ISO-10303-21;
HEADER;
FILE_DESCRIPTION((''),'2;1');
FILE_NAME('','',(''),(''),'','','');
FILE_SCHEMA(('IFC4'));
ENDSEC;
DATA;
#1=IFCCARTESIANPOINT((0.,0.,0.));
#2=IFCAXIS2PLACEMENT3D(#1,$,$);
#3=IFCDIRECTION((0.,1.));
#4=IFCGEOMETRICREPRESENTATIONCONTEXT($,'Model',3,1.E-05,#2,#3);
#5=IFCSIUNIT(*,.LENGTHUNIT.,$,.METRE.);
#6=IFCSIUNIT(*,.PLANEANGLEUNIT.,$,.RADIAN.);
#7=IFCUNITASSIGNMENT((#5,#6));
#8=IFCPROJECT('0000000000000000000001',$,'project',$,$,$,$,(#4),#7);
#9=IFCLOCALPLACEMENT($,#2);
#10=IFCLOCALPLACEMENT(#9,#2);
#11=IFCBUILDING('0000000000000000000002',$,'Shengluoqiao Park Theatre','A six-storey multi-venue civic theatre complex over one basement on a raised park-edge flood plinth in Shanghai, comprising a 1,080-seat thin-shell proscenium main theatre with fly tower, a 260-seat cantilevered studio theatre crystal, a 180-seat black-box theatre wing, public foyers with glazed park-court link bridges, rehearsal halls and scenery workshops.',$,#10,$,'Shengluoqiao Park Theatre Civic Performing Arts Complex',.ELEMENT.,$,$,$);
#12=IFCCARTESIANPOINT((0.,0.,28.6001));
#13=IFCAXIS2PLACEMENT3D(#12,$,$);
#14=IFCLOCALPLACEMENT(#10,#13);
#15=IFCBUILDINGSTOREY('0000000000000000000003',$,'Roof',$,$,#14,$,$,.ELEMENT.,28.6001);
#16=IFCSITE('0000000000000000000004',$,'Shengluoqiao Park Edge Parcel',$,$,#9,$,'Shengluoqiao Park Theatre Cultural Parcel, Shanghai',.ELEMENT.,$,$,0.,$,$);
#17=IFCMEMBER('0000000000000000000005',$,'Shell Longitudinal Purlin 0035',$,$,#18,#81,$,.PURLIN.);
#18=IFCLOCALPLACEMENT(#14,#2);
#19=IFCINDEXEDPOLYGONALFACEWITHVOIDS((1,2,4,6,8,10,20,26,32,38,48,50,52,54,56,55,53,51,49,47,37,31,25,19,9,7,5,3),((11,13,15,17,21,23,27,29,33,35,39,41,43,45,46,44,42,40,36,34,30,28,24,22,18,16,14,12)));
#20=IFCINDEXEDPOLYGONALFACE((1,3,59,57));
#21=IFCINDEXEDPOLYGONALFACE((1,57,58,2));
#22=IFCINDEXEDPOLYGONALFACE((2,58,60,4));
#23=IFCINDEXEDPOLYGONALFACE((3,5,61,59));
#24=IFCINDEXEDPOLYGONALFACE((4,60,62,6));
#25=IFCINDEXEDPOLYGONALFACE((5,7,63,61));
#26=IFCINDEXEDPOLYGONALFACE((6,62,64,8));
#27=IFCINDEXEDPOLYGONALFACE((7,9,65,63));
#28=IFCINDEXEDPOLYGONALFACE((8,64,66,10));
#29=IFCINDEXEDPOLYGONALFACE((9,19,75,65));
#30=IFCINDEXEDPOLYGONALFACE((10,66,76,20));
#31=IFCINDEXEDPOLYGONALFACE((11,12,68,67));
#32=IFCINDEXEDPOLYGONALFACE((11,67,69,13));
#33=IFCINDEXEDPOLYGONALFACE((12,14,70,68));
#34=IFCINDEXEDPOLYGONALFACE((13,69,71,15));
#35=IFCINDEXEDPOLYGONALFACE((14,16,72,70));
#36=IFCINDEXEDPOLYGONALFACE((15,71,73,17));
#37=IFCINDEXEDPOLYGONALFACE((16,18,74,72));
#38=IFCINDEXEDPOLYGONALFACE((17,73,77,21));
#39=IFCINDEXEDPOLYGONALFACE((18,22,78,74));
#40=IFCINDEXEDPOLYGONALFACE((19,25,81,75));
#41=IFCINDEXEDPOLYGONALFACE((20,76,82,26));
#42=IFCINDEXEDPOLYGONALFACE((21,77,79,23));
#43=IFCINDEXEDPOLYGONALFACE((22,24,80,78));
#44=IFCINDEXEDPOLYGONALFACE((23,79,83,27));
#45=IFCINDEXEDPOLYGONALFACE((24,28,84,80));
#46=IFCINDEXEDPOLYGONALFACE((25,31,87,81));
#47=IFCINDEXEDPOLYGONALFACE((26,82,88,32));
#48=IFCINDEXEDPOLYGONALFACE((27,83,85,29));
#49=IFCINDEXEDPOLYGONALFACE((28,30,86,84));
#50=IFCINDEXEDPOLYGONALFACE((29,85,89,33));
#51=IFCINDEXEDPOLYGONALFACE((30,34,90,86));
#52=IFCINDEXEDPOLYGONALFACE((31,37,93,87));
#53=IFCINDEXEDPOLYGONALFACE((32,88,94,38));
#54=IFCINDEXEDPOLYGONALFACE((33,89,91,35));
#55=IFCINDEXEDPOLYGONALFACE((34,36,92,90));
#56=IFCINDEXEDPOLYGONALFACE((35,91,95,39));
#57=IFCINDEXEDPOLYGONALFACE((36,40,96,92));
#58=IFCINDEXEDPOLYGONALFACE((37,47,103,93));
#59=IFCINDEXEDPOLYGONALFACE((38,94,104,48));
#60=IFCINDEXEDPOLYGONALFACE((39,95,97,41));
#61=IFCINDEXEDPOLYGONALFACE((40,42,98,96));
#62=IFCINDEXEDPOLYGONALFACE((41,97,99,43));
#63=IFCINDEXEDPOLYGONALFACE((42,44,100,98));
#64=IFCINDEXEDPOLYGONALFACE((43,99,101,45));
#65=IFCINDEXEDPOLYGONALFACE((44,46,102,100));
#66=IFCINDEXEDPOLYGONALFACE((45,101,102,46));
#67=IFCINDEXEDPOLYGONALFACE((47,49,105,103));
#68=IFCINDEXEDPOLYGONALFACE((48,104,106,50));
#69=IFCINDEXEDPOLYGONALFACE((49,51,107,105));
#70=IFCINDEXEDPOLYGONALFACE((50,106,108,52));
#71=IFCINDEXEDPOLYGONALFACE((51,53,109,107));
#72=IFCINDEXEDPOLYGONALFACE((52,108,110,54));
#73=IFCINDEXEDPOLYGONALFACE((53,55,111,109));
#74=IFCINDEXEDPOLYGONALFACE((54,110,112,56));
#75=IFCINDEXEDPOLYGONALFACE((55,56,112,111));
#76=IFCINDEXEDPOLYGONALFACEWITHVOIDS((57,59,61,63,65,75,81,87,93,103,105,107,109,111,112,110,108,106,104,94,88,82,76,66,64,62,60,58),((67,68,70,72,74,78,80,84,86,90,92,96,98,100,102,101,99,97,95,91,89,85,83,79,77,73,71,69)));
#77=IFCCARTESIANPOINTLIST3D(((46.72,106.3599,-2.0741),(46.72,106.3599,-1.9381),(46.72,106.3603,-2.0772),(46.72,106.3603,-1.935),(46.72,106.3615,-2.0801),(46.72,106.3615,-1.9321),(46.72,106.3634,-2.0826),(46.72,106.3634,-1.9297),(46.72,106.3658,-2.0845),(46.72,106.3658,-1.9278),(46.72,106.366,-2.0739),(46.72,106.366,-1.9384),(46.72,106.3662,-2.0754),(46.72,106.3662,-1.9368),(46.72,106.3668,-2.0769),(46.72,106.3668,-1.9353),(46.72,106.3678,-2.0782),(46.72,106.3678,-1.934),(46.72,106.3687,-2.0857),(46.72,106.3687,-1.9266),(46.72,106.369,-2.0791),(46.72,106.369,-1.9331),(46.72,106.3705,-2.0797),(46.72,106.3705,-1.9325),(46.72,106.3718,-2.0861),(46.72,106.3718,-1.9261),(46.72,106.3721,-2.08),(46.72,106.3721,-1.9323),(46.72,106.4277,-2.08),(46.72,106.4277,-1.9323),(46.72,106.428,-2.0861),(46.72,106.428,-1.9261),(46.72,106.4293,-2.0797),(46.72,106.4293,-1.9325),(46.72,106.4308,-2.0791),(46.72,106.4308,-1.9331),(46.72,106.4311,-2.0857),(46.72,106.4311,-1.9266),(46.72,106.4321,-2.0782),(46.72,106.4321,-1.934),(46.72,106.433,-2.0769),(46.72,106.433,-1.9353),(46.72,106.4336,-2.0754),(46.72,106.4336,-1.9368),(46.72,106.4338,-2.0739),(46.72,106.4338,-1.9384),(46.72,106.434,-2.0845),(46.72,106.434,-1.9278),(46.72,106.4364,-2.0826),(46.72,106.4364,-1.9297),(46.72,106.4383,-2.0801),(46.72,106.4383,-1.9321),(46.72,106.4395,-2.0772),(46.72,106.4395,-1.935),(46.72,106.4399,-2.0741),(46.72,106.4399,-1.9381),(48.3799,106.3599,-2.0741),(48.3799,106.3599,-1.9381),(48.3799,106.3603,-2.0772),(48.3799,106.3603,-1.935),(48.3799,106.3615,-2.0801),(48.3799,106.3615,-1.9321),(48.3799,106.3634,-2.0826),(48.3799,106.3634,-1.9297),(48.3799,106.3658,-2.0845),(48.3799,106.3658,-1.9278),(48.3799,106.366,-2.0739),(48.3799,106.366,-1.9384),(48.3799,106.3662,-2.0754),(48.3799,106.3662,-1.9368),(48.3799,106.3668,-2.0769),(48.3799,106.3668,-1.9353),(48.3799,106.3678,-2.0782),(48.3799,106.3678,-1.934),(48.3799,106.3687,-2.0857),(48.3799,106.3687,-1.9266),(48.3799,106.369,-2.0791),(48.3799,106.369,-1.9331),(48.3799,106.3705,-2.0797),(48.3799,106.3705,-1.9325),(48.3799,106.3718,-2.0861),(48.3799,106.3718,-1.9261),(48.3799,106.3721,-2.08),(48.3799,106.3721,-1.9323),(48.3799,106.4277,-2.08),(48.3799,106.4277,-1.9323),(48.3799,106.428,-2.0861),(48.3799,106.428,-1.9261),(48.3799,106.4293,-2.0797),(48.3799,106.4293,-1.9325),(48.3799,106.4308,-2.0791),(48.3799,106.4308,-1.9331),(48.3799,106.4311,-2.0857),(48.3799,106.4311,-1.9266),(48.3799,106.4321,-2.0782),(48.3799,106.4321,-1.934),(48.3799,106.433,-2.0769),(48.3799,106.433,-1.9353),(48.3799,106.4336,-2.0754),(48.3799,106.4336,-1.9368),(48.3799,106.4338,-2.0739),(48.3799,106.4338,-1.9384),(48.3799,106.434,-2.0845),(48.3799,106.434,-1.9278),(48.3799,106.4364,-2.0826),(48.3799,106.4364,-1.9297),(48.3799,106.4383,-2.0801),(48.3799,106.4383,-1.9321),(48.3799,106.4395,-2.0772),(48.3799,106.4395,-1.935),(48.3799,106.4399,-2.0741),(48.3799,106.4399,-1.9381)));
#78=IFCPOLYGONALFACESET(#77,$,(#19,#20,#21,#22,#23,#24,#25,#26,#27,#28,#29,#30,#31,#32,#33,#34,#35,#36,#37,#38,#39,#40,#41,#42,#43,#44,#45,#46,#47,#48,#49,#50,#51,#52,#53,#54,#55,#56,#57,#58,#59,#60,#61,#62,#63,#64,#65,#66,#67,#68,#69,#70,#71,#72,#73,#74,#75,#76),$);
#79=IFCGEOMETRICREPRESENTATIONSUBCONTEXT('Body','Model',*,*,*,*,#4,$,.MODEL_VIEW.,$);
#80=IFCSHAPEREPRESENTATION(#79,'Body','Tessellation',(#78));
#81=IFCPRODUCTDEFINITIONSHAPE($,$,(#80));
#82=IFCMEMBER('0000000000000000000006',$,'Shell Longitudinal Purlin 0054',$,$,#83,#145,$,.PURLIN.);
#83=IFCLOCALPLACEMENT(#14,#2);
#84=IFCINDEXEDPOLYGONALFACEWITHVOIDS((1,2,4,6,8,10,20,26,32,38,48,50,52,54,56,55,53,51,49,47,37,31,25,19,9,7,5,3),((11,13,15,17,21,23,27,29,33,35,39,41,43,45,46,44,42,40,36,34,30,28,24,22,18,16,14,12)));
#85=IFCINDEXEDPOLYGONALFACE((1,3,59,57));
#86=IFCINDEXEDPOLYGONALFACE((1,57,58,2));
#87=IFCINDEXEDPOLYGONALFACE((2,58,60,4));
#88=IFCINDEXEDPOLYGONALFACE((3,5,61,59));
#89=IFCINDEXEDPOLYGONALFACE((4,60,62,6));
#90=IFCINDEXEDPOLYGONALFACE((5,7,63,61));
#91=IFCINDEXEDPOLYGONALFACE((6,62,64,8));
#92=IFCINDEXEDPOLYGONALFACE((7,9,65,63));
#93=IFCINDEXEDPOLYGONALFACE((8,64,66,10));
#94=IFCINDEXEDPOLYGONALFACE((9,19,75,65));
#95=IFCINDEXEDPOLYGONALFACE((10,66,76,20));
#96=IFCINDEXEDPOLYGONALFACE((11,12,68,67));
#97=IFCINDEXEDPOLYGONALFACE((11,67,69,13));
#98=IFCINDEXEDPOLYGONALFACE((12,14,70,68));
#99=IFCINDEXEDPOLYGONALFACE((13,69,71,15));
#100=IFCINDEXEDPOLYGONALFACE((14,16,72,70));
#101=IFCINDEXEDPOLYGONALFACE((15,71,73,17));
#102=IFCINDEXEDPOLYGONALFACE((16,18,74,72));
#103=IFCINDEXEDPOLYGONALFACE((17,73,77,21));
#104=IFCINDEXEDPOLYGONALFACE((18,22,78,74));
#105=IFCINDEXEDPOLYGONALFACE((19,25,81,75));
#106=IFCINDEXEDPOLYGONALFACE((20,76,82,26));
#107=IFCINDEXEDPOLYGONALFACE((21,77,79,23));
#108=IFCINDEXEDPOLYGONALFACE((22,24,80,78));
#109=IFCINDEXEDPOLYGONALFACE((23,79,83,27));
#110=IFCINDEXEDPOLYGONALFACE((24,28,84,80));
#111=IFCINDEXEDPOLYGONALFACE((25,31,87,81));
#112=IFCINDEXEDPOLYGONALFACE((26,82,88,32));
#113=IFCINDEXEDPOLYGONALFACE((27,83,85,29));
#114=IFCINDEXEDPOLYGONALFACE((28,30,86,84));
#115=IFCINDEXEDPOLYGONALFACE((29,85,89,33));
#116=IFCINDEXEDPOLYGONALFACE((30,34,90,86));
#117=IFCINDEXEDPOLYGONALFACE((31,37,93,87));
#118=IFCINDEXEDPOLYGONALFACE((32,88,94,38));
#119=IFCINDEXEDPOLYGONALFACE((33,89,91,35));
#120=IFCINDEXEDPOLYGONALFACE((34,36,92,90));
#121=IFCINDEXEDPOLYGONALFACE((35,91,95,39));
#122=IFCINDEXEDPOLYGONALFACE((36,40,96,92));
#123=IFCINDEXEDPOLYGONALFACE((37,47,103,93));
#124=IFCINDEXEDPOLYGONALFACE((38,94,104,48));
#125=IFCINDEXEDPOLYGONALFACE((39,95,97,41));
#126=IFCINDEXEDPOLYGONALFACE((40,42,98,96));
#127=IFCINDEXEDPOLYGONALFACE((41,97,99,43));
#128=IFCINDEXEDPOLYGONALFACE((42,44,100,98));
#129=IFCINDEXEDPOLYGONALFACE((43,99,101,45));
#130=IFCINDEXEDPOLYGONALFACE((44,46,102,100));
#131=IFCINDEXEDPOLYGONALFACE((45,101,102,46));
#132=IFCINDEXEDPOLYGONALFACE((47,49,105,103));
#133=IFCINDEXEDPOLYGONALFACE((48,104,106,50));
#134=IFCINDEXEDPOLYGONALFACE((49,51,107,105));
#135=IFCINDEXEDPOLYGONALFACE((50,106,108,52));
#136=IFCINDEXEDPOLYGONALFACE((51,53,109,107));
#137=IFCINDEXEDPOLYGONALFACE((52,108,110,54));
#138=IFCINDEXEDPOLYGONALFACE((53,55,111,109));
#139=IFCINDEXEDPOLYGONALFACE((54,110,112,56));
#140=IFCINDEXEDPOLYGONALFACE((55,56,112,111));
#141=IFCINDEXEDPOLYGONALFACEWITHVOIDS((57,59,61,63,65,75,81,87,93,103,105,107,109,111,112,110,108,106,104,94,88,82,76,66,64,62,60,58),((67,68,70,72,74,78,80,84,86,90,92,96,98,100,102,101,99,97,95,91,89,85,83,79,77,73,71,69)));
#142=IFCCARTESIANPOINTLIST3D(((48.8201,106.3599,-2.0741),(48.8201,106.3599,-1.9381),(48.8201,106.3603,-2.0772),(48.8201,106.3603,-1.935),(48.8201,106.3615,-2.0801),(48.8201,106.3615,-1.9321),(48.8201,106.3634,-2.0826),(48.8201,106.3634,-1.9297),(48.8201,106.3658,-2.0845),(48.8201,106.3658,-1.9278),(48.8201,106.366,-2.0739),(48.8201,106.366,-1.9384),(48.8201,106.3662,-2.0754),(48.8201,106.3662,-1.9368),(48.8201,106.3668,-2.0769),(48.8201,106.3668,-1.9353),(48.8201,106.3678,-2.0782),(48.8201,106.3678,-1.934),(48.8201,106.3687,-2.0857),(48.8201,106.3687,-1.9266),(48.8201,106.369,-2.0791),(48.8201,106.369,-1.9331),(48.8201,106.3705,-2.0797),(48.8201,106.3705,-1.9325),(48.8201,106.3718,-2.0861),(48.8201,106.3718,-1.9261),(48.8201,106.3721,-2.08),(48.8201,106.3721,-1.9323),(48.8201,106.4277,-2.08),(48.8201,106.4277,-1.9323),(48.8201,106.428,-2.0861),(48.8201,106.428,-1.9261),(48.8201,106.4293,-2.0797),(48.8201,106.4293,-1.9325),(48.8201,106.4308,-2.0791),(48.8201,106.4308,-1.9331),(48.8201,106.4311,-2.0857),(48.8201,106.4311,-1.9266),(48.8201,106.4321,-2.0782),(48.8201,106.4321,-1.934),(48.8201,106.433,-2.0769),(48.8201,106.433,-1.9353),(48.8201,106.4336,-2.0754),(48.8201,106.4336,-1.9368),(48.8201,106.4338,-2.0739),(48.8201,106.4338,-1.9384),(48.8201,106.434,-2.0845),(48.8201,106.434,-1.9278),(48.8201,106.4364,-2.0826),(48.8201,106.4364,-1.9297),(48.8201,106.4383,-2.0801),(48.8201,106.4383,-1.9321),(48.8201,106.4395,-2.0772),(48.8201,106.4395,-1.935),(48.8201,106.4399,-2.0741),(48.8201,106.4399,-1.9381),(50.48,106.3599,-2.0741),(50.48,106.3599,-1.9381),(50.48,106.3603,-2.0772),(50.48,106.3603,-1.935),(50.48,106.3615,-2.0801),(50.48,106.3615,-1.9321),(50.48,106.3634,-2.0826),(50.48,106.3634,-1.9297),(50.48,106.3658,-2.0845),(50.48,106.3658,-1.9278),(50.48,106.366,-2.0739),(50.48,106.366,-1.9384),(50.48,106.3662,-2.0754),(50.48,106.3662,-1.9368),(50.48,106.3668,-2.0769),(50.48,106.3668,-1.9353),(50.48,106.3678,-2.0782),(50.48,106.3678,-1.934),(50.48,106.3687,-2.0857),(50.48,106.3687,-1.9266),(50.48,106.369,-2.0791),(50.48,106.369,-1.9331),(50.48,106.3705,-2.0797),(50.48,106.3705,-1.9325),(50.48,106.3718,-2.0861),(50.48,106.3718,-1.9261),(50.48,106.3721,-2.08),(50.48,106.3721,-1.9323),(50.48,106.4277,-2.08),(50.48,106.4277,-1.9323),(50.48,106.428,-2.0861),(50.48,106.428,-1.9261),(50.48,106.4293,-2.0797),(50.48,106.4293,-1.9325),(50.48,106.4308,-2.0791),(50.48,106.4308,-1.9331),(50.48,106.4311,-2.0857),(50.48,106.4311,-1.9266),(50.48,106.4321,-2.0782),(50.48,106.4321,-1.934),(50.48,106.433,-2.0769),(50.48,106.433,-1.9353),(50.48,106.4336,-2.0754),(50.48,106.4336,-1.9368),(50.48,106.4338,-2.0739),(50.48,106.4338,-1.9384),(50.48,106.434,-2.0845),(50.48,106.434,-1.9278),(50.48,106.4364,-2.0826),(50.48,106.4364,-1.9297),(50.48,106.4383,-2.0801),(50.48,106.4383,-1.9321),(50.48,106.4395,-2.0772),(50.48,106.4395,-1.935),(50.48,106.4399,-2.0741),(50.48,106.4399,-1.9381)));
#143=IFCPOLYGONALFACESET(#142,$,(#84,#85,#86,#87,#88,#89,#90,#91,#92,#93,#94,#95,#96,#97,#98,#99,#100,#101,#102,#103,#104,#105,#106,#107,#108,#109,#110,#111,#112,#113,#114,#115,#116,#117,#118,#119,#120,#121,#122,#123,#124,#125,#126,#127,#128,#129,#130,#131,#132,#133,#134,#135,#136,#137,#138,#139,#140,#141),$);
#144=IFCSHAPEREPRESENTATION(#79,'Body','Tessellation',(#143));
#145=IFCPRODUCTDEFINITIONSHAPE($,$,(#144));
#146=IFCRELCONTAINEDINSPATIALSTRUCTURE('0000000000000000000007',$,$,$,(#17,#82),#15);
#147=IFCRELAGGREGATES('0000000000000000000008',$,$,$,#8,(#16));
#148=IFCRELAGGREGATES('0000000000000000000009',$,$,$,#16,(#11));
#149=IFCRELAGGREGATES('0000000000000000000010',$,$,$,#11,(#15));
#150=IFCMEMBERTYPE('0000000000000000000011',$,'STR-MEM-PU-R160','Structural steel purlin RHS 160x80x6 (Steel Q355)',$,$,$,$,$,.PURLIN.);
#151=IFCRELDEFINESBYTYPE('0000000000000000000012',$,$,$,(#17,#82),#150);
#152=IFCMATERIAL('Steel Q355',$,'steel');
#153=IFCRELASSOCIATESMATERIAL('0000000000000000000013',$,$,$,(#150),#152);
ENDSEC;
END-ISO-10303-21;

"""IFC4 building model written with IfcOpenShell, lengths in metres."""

from ifc_helpers import new_model, si_unit, direction, frame, origin, origin_2d, place, context, subcontext, project, spatial, hollow_rectangle, extrude, material, material_profile, profile_set, type_object, element, save


model = new_model("IFC4")

# Units and contexts
model_context = context("Model", 3, precision=1e-05, world=origin(), true_north=direction((0.0, 1.0)))
body_context = subcontext(model_context, "Body", "Model", "MODEL_VIEW")
ifc_project = project(units=[si_unit("LENGTHUNIT", "METRE"), si_unit("PLANEANGLEUNIT", "RADIAN")], contexts=[model_context])

# Site, building, storey
site_placement = place(None, origin())
site = spatial("IfcSite", under=ifc_project, at=site_placement, Name="Shengluoqiao Park Edge Parcel", LongName="Shengluoqiao Park Theatre Cultural Parcel, Shanghai", CompositionType="ELEMENT", RefElevation=0.0)
building_placement = place(site_placement, origin())
building = spatial("IfcBuilding", under=site, at=building_placement, Name="Shengluoqiao Park Theatre", Description="A six-storey multi-venue civic theatre complex over one basement on a raised park-edge flood plinth in Shanghai, comprising a 1,080-seat thin-shell proscenium main theatre with fly tower, a 260-seat cantilevered studio theatre crystal, a 180-seat black-box theatre wing, public foyers with glazed park-court link bridges, rehearsal halls and scenery workshops.", LongName="Shengluoqiao Park Theatre Civic Performing Arts Complex", CompositionType="ELEMENT")
storey_placement = place(building_placement, frame((0.0, 0.0, 28.6001)))
storey = spatial("IfcBuildingStorey", under=building, at=storey_placement, Name="Roof", CompositionType="ELEMENT", Elevation=28.6001)

# Shared definitions
ifc_material_1 = material(Name="Steel Q355", Category="steel")

# Members
ifc_material_profile_1 = material_profile(ifc_material_1, hollow_rectangle(XDim=0.0801, YDim=0.1599, WallThickness=0.0061, InnerFilletRadius=0.0061, OuterFilletRadius=0.012, at=origin_2d()), Name="RHS 160x80x6")
ifc_profile_set_1 = profile_set([ifc_material_profile_1], Name="Steel Q355")
member_type_1 = type_object("IfcMemberType", Name="STR-MEM-PU-R160", Description="Structural steel purlin RHS 160x80x6 (Steel Q355)", PredefinedType="PURLIN", material=ifc_profile_set_1)
for number, where, z_axis, x_axis, name in (
    (1, (46.72, 106.3999, -2.0061), (1.0, 0.0, 0.0), (0.0, 1.0, 0.0), "Shell Longitudinal Purlin 0035"),
    (2, (48.8201, 106.3999, -2.0061), (1.0, 0.0, 0.0), (0.0, 1.0, 0.0), "Shell Longitudinal Purlin 0054"),
):
    element("IfcMember", number, at=place(storey_placement, frame(where, z_axis=z_axis, x_axis=x_axis)), inside=storey, type_object=member_type_1, Name=name, PredefinedType="PURLIN", context=body_context, shape_type="SweptSolid", body=[
        extrude(hollow_rectangle(XDim=0.0801, YDim=0.1599, WallThickness=0.0061, InnerFilletRadius=0.0061, OuterFilletRadius=0.012, at=origin_2d()), origin(), (0.0, 0.0, 1.0), 1.6599),
    ])

save(model, "model.ifc")
